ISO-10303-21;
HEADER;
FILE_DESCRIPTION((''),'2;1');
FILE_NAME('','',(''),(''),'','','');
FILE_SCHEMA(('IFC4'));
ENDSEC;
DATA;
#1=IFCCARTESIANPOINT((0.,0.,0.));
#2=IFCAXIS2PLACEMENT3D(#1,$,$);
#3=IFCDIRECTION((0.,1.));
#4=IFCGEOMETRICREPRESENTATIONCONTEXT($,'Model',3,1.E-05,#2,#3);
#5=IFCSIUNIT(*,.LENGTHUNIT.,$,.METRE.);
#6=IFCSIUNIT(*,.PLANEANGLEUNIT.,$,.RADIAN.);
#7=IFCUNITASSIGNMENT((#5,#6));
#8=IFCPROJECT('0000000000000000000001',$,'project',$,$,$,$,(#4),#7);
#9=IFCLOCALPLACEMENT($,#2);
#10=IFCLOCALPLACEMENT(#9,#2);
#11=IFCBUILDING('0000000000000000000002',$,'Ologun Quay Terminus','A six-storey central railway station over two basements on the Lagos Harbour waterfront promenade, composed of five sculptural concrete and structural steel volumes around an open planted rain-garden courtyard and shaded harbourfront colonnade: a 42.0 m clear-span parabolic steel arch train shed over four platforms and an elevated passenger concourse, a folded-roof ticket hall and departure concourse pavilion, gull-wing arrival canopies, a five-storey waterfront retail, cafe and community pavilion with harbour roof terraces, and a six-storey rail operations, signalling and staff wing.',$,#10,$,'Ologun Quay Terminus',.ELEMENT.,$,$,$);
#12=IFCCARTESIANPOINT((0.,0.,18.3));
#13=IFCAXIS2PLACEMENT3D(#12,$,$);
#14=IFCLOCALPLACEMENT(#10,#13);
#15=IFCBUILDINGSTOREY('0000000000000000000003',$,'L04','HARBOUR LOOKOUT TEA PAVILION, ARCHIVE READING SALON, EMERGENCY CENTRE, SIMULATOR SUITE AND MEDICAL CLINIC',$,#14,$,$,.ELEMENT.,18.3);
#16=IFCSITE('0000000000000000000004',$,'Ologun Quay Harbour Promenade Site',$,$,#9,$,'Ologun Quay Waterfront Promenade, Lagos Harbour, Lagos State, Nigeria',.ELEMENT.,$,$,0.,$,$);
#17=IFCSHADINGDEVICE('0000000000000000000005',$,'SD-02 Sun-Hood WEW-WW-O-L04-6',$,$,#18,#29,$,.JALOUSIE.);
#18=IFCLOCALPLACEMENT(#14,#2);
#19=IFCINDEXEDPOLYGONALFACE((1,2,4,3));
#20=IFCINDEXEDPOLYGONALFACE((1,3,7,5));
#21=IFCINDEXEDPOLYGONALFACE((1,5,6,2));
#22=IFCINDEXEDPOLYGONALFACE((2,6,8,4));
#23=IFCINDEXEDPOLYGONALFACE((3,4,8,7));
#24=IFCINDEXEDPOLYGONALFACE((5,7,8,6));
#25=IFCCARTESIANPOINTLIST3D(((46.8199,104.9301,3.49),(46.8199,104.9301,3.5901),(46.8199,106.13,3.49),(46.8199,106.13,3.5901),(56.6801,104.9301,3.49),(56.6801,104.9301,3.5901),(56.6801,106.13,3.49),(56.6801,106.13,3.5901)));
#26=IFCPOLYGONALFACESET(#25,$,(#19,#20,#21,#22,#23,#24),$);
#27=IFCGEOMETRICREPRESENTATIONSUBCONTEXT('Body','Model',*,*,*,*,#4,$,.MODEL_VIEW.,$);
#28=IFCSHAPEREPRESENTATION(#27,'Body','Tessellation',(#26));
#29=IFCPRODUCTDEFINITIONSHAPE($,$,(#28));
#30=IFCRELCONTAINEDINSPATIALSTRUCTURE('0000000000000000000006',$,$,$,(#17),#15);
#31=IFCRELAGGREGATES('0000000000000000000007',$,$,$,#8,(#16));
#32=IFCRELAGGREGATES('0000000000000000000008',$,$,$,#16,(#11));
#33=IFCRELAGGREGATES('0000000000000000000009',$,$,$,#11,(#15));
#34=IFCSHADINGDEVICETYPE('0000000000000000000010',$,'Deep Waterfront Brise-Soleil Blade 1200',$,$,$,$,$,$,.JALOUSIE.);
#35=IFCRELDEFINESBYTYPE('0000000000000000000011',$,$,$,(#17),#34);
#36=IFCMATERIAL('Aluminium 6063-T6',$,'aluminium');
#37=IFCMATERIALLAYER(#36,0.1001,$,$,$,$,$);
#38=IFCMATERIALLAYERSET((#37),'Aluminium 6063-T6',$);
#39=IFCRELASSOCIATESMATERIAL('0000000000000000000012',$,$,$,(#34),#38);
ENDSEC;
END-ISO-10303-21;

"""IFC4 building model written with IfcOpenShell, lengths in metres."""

from ifc_helpers import new_model, si_unit, direction, frame, origin, origin_2d, place, context, subcontext, project, spatial, rectangle, extrude, material, layer, layer_set, type_object, element, save


model = new_model("IFC4")

# Units and contexts
model_context = context("Model", 3, precision=1e-05, world=origin(), true_north=direction((0.0, 1.0)))
body_context = subcontext(model_context, "Body", "Model", "MODEL_VIEW")
ifc_project = project(units=[si_unit("LENGTHUNIT", "METRE"), si_unit("PLANEANGLEUNIT", "RADIAN")], contexts=[model_context])

# Site, building, storey
site_placement = place(None, origin())
site = spatial("IfcSite", under=ifc_project, at=site_placement, Name="Ologun Quay Harbour Promenade Site", LongName="Ologun Quay Waterfront Promenade, Lagos Harbour, Lagos State, Nigeria", CompositionType="ELEMENT", RefElevation=0.0)
building_placement = place(site_placement, origin())
building = spatial("IfcBuilding", under=site, at=building_placement, Name="Ologun Quay Terminus", Description="A six-storey central railway station over two basements on the Lagos Harbour waterfront promenade, composed of five sculptural concrete and structural steel volumes around an open planted rain-garden courtyard and shaded harbourfront colonnade: a 42.0 m clear-span parabolic steel arch train shed over four platforms and an elevated passenger concourse, a folded-roof ticket hall and departure concourse pavilion, gull-wing arrival canopies, a five-storey waterfront retail, cafe and community pavilion with harbour roof terraces, and a six-storey rail operations, signalling and staff wing.", LongName="Ologun Quay Terminus", CompositionType="ELEMENT")
storey_placement = place(building_placement, frame((0.0, 0.0, 18.3)))
storey = spatial("IfcBuildingStorey", under=building, at=storey_placement, Name="L04", Description="HARBOUR LOOKOUT TEA PAVILION, ARCHIVE READING SALON, EMERGENCY CENTRE, SIMULATOR SUITE AND MEDICAL CLINIC", CompositionType="ELEMENT", Elevation=18.3)

# Shading device
ifc_material_1 = material(Name="Aluminium 6063-T6", Category="aluminium")
ifc_layer_1 = layer(ifc_material_1, 0.1001)
ifc_layer_set_1 = layer_set([ifc_layer_1], Name="Aluminium 6063-T6")
shading_device_type = type_object("IfcShadingDeviceType", Name="Deep Waterfront Brise-Soleil Blade 1200", PredefinedType="JALOUSIE", material=ifc_layer_set_1)
shading_device_1_placement = place(storey_placement, frame((51.75, 105.53, 3.49), z_axis=(0.0, 0.0, 1.0), x_axis=(1.0, 0.0, 0.0)))
element("IfcShadingDevice", 1, at=shading_device_1_placement, inside=storey, type_object=shading_device_type, Name="SD-02 Sun-Hood WEW-WW-O-L04-6", PredefinedType="JALOUSIE", context=body_context, shape_type="SweptSolid", body=[
    extrude(rectangle(XDim=9.8601, YDim=1.2, at=origin_2d()), origin(), (0.0, 0.0, 1.0), 0.1001),
])

save(model, "model.ifc")
